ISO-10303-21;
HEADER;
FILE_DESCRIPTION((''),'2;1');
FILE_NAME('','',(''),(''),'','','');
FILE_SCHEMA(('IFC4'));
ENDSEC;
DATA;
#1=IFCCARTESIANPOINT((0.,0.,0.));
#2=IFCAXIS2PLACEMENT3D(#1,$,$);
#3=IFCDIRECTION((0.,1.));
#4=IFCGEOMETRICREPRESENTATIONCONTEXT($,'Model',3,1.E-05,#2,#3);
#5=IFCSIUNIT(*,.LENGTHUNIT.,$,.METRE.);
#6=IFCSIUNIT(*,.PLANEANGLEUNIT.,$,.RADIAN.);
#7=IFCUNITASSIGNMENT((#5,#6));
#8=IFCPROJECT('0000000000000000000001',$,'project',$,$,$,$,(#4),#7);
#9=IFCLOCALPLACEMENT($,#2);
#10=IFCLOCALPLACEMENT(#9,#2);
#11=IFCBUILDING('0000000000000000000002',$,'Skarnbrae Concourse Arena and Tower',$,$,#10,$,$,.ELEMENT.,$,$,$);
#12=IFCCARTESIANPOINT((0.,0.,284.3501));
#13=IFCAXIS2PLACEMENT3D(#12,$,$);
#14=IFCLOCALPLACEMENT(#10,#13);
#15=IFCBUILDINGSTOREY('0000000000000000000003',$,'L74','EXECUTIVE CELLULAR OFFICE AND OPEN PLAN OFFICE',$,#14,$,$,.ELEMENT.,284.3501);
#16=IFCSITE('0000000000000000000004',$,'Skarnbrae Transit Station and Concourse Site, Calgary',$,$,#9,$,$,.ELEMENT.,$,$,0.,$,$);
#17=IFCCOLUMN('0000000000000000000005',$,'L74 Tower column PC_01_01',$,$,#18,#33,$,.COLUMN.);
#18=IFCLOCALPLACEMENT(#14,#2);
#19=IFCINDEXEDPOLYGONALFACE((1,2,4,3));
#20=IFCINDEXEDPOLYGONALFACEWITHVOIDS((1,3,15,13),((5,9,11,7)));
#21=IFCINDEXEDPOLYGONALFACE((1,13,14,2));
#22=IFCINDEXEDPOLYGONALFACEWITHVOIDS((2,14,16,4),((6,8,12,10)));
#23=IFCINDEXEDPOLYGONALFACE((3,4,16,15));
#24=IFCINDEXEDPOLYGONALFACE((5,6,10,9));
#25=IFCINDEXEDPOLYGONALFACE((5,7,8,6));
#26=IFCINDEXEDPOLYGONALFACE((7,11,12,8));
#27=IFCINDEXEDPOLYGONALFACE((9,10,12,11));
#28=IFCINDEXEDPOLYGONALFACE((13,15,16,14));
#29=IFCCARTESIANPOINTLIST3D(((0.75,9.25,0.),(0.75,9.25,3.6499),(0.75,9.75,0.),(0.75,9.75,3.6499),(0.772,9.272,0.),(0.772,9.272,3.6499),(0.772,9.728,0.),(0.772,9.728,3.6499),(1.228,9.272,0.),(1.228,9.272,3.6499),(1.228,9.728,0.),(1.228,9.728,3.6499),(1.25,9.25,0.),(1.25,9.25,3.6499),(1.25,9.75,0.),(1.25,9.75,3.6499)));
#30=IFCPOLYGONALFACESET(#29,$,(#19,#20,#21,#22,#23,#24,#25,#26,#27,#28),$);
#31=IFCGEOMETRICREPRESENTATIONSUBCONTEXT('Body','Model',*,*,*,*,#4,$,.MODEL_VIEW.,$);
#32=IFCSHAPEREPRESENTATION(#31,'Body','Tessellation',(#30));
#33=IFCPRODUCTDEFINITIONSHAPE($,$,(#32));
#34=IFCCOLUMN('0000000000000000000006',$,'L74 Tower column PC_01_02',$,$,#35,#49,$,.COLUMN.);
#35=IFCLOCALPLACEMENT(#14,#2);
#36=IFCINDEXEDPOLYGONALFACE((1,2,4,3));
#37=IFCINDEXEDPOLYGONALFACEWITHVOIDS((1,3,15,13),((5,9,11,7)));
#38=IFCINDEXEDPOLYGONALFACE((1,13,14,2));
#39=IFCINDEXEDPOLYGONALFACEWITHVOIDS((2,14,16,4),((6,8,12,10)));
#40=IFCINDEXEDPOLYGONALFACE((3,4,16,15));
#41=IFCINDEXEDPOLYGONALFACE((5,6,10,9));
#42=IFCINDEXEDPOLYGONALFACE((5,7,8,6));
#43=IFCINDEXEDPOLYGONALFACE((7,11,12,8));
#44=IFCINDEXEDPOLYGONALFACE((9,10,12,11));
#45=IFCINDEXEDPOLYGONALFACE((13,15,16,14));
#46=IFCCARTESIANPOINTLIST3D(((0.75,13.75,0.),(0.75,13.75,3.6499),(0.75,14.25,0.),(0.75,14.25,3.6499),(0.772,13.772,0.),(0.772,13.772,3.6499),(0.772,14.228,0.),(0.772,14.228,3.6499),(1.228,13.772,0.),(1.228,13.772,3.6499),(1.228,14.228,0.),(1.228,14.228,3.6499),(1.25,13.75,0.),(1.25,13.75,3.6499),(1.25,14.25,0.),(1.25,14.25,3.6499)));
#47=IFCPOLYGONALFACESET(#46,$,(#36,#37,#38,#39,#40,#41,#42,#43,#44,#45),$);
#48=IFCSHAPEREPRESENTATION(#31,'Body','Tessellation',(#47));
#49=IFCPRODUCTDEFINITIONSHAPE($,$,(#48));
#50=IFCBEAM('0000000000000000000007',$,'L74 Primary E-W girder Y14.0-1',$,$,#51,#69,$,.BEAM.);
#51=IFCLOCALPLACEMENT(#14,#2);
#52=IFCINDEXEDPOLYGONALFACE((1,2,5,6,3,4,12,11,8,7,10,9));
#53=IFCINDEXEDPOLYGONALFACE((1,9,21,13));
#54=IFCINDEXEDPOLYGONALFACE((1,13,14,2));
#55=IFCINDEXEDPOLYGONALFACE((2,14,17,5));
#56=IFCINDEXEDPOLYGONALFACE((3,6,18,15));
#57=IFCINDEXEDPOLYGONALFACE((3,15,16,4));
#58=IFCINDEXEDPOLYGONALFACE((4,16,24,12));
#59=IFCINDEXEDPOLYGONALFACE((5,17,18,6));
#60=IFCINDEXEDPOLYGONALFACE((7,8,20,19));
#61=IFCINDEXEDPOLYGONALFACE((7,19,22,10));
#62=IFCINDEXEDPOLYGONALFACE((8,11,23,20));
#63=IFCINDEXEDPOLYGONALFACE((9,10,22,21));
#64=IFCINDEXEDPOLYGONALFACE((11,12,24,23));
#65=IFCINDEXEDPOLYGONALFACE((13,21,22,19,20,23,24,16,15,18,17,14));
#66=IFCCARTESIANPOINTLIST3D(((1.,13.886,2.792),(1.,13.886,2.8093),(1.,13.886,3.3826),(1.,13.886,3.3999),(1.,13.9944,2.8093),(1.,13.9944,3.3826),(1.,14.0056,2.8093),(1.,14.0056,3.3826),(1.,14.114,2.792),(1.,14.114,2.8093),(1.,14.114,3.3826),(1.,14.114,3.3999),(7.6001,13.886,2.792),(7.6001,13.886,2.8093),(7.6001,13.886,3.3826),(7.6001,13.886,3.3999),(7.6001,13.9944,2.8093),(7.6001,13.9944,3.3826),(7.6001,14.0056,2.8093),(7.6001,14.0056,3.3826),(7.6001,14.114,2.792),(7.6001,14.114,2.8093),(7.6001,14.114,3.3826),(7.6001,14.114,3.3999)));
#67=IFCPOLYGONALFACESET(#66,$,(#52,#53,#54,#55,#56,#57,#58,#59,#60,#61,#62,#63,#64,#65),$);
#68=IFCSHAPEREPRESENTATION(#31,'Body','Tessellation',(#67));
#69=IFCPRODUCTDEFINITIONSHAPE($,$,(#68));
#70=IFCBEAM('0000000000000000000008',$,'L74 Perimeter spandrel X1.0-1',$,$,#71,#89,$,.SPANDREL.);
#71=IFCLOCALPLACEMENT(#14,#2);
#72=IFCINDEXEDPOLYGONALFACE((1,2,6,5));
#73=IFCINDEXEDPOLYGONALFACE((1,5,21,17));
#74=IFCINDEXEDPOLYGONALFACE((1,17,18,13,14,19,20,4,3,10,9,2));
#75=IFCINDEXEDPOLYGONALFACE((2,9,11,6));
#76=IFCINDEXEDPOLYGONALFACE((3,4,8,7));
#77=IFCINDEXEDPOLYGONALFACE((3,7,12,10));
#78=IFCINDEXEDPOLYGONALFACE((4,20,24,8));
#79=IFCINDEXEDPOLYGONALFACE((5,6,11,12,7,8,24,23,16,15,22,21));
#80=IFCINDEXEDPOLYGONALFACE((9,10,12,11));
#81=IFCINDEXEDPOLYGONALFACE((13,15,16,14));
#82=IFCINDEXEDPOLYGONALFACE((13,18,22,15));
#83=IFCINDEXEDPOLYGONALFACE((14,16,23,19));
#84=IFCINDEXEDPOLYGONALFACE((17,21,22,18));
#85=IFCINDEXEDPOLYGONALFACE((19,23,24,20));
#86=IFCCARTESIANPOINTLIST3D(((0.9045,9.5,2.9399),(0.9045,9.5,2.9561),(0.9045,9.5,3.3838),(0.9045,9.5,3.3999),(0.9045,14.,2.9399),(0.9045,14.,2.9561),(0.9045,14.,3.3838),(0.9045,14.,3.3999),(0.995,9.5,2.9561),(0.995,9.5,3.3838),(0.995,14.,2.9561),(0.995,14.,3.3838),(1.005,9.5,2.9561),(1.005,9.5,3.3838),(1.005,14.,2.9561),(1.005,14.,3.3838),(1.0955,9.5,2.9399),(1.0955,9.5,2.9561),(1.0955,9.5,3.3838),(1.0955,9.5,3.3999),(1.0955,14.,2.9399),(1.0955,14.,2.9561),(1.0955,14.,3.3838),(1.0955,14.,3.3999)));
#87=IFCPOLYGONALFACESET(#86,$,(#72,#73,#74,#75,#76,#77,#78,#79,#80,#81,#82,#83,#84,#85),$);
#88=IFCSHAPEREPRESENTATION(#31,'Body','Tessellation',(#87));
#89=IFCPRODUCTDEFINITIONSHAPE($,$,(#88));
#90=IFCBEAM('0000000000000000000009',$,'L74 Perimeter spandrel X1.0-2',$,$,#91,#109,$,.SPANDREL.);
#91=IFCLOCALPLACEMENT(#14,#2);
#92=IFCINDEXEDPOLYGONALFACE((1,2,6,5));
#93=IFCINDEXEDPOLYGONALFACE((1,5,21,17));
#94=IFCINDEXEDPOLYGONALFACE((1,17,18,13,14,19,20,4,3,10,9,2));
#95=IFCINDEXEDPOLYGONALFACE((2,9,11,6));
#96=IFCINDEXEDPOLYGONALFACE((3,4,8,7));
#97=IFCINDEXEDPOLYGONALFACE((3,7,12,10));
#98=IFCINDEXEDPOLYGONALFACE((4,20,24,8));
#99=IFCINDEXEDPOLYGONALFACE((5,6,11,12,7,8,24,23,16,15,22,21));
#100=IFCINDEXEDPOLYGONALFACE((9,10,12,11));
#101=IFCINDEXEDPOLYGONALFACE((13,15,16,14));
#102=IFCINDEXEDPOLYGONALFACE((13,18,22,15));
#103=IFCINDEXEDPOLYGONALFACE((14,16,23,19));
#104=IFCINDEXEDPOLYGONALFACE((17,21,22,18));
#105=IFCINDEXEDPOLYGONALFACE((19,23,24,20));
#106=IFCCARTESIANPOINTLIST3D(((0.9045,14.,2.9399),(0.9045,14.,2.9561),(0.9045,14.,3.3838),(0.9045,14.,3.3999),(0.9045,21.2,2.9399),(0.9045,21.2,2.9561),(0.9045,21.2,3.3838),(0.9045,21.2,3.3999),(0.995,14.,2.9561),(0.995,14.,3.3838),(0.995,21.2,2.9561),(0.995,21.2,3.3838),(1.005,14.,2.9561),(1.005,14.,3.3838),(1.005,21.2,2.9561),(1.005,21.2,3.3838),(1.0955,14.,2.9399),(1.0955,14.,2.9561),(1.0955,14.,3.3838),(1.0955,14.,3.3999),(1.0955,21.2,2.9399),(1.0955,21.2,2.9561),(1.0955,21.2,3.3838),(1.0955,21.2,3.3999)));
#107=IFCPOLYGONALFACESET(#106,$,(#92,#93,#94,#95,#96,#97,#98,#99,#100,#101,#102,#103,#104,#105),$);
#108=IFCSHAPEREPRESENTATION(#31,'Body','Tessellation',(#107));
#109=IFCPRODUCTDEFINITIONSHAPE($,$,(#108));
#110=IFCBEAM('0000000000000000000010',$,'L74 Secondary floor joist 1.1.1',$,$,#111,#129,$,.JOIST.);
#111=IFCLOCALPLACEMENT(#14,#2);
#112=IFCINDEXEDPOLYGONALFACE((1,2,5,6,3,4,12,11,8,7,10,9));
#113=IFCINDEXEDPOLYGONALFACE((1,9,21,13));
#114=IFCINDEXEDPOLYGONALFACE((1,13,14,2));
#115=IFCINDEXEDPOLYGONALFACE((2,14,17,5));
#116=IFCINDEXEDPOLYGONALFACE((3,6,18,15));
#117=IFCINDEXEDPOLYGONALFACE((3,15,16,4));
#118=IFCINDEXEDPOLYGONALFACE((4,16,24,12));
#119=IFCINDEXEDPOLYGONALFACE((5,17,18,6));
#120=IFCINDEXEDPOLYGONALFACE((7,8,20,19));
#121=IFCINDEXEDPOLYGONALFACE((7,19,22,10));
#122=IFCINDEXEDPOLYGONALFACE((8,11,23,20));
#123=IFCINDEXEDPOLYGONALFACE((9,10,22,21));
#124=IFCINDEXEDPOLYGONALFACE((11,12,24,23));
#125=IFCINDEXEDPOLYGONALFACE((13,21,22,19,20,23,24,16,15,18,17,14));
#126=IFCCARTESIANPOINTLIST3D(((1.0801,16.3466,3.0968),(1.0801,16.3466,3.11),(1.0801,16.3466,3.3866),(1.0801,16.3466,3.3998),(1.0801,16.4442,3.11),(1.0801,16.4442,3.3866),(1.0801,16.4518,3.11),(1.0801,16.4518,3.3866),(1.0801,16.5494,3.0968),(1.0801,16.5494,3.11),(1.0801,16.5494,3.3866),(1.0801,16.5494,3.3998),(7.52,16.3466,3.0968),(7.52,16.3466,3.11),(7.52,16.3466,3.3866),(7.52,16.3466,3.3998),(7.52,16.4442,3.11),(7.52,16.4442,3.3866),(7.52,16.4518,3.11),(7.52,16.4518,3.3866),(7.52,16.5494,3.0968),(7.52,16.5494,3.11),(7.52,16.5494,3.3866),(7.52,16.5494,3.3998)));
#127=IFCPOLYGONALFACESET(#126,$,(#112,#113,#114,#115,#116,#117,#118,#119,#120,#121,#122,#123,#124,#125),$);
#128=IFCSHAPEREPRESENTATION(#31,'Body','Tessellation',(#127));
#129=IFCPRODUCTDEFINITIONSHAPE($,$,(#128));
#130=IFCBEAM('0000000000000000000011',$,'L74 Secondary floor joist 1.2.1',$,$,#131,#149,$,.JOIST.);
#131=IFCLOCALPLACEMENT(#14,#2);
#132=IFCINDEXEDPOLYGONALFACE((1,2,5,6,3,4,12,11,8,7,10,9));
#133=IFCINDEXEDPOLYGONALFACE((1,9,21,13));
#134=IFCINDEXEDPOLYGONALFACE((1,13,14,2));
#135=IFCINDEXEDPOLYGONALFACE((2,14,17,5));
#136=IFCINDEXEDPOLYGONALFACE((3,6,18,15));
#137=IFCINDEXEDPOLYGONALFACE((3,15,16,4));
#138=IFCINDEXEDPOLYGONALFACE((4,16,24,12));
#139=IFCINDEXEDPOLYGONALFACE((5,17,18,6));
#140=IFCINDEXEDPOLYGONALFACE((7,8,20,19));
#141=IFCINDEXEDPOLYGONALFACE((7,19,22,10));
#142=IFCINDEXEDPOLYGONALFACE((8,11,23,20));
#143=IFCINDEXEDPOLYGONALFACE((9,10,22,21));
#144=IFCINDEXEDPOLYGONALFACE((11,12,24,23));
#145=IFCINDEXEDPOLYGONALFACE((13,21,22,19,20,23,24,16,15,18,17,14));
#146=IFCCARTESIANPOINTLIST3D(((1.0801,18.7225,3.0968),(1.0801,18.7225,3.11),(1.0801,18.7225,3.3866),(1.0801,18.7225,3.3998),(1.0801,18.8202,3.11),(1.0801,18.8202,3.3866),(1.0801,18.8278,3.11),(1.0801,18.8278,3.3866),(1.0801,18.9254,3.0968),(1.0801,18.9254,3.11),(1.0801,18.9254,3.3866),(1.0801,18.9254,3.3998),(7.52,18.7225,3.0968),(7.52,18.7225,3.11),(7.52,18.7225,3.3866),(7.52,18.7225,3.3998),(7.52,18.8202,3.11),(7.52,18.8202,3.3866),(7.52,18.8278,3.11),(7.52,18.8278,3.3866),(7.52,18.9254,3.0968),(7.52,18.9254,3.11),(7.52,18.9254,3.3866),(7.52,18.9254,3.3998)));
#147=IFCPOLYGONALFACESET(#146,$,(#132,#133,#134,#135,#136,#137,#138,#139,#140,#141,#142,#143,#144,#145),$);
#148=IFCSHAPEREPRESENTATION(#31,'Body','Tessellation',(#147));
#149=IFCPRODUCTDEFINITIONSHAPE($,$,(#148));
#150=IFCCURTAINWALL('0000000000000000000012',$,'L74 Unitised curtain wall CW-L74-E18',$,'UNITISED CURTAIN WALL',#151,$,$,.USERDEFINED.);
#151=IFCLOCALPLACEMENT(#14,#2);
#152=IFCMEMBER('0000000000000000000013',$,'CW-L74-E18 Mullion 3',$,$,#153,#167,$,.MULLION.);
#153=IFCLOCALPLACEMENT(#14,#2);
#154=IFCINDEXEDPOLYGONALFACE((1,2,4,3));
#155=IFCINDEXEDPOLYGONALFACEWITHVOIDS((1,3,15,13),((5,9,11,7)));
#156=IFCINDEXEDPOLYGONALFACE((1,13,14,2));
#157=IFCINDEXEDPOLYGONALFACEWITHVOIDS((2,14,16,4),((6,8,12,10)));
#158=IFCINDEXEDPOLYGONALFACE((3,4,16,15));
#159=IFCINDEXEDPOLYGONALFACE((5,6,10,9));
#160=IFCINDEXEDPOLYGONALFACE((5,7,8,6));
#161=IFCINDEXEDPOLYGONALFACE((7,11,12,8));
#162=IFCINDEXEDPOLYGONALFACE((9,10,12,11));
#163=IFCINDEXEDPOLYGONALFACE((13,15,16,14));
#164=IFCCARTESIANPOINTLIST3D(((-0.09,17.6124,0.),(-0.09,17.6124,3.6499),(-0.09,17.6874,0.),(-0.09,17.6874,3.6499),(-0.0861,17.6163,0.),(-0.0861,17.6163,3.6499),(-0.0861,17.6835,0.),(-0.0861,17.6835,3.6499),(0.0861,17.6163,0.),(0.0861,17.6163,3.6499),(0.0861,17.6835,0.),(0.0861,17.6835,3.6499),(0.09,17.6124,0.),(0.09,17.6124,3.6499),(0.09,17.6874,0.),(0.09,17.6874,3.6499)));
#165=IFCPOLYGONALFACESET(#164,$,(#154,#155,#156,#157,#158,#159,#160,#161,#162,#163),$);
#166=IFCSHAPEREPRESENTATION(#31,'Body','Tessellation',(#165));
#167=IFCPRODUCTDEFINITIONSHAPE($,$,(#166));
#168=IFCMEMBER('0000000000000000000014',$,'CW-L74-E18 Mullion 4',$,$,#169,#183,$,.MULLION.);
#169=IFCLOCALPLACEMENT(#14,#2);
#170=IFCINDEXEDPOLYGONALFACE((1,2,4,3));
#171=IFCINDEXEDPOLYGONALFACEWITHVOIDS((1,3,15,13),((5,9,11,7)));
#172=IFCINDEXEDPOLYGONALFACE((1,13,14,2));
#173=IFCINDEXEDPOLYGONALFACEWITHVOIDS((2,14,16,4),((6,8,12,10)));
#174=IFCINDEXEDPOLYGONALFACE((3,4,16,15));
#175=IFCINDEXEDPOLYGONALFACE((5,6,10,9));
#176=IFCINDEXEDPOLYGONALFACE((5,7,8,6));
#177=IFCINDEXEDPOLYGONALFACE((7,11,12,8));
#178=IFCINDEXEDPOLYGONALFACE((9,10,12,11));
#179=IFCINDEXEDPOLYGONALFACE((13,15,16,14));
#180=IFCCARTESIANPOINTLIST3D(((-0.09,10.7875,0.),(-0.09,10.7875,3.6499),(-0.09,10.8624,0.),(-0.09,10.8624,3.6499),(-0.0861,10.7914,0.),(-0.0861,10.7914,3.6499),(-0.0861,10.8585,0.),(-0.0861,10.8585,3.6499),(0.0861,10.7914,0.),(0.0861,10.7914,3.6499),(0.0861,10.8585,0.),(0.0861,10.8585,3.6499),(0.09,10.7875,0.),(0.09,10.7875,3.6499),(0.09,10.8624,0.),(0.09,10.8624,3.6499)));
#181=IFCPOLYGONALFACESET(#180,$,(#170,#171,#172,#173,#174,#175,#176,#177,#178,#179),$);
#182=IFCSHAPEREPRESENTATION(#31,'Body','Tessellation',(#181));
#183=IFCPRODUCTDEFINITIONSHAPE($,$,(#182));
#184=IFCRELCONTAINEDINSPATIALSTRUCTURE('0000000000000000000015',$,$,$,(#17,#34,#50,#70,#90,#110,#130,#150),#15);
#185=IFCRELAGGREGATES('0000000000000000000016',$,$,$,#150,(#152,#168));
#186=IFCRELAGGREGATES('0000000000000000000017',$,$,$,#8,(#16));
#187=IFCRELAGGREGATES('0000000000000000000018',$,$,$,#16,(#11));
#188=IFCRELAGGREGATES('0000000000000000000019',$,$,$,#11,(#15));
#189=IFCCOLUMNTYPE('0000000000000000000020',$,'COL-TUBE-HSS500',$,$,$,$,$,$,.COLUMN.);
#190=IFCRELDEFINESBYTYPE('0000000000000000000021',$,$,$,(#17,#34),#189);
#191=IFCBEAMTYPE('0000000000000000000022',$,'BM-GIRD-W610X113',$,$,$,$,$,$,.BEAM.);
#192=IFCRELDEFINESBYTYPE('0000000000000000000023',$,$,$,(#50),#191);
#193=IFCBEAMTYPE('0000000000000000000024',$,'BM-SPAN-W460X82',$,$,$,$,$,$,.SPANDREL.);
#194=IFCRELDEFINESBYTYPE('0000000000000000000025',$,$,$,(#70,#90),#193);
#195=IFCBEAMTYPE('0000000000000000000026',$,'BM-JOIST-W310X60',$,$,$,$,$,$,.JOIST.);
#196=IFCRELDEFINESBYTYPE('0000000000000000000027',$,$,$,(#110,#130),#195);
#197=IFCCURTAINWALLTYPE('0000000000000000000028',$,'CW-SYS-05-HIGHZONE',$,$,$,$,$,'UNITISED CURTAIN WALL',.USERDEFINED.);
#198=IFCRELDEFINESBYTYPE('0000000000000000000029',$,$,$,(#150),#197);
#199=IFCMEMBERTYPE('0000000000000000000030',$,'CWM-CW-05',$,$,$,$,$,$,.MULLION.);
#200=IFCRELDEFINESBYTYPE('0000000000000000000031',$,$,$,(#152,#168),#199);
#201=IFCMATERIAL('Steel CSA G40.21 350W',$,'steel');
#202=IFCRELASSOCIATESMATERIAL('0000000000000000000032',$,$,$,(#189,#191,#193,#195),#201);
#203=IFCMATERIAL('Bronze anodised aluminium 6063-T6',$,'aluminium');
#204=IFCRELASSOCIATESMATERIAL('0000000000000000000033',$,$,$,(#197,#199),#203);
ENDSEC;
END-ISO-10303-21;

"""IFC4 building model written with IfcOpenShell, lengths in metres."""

from ifc_helpers import new_model, si_unit, direction, frame, origin, origin_2d, place, context, subcontext, project, spatial, hollow_rectangle, i_section, extrude, source, transform, mapped, material, material_profile, profile_set, type_object, element, aggregate, save


model = new_model("IFC4")

# Units and contexts
model_context = context("Model", 3, precision=1e-05, world=origin(), true_north=direction((0.0, 1.0)))
body_context = subcontext(model_context, "Body", "Model", "MODEL_VIEW")
ifc_project = project(units=[si_unit("LENGTHUNIT", "METRE"), si_unit("PLANEANGLEUNIT", "RADIAN")], contexts=[model_context])

# Site, building, storey
site_placement = place(None, origin())
site = spatial("IfcSite", under=ifc_project, at=site_placement, Name="Skarnbrae Transit Station and Concourse Site, Calgary", CompositionType="ELEMENT", RefElevation=0.0)
building_placement = place(site_placement, origin())
building = spatial("IfcBuilding", under=site, at=building_placement, Name="Skarnbrae Concourse Arena and Tower", CompositionType="ELEMENT")
storey_placement = place(building_placement, frame((0.0, 0.0, 284.3501)))
storey = spatial("IfcBuildingStorey", under=building, at=storey_placement, Name="L74", Description="EXECUTIVE CELLULAR OFFICE AND OPEN PLAN OFFICE", CompositionType="ELEMENT", Elevation=284.3501)

# Columns
ifc_material_1 = material(Name="Steel CSA G40.21 350W", Category="steel")
ifc_material_profile_1 = material_profile(ifc_material_1, hollow_rectangle(XDim=0.5, YDim=0.5, WallThickness=0.022, at=origin_2d()), Name="HSS500X500X22.0")
ifc_profile_set_1 = profile_set([ifc_material_profile_1], Name="Steel CSA G40.21 350W")
column_type = type_object("IfcColumnType", Name="COL-TUBE-HSS500", PredefinedType="COLUMN", material=ifc_profile_set_1)
shared_shape_1 = source(origin(), body_context, "Body", "SweptSolid", [
    extrude(hollow_rectangle(XDim=0.5, YDim=0.5, WallThickness=0.022, at=origin_2d()), origin(), (0.0, 0.0, 1.0), 3.6499),
])
for number, where, z_axis, x_axis, name in (
    (1, (1.0, 9.5, 0.0), (0.0, 0.0, 1.0), (1.0, 0.0, 0.0), "L74 Tower column PC_01_01"),
    (2, (1.0, 14.0, 0.0), (0.0, 0.0, 1.0), (1.0, 0.0, 0.0), "L74 Tower column PC_01_02"),
):
    element("IfcColumn", number, at=place(storey_placement, frame(where, z_axis=z_axis, x_axis=x_axis)), inside=storey, type_object=column_type, Name=name, PredefinedType="COLUMN", context=body_context, shape_type="MappedRepresentation", body=[
        mapped(shared_shape_1, transform((0.0, 0.0, 0.0))),
    ])

# Beams
ifc_material_profile_2 = material_profile(ifc_material_1, i_section(OverallWidth=0.228, OverallDepth=0.6079, WebThickness=0.0112, FlangeThickness=0.0173, at=origin_2d()), Name="W610X113")
ifc_profile_set_2 = profile_set([ifc_material_profile_2], Name="Steel CSA G40.21 350W")
beam_type_1 = type_object("IfcBeamType", Name="BM-GIRD-W610X113", PredefinedType="BEAM", material=ifc_profile_set_2)
shared_shape_2 = source(origin(), body_context, "Body", "SweptSolid", [
    extrude(i_section(OverallWidth=0.228, OverallDepth=0.6079, WebThickness=0.0112, FlangeThickness=0.0173, at=origin_2d()), origin(), (0.0, 0.0, 1.0), 6.6001),
])
beam_1_placement = place(storey_placement, frame((1.0, 14.0, 3.0959), z_axis=(1.0, 0.0, 0.0), x_axis=(0.0, 1.0, 0.0)))
element("IfcBeam", 3, at=beam_1_placement, inside=storey, type_object=beam_type_1, Name="L74 Primary E-W girder Y14.0-1", PredefinedType="BEAM", context=body_context, shape_type="MappedRepresentation", body=[
    mapped(shared_shape_2, transform((0.0, 0.0, 0.0))),
])
ifc_material_profile_3 = material_profile(ifc_material_1, i_section(OverallWidth=0.1909, OverallDepth=0.46, WebThickness=0.01, FlangeThickness=0.0161, at=origin_2d()), Name="W460X82")
ifc_profile_set_3 = profile_set([ifc_material_profile_3], Name="Steel CSA G40.21 350W")
beam_type_2 = type_object("IfcBeamType", Name="BM-SPAN-W460X82", PredefinedType="SPANDREL", material=ifc_profile_set_3)
shared_shape_3 = source(origin(), body_context, "Body", "SweptSolid", [
    extrude(i_section(OverallWidth=0.1909, OverallDepth=0.46, WebThickness=0.01, FlangeThickness=0.0161, at=origin_2d()), origin(), (0.0, 0.0, 1.0), 4.5),
])
beam_2_placement = place(storey_placement, frame((1.0, 9.5, 3.1699), z_axis=(0.0, 1.0, 0.0), x_axis=(-1.0, 0.0, 0.0)))
element("IfcBeam", 4, at=beam_2_placement, inside=storey, type_object=beam_type_2, Name="L74 Perimeter spandrel X1.0-1", PredefinedType="SPANDREL", context=body_context, shape_type="MappedRepresentation", body=[
    mapped(shared_shape_3, transform((0.0, 0.0, 0.0))),
])
shared_shape_4 = source(origin(), body_context, "Body", "SweptSolid", [
    extrude(i_section(OverallWidth=0.1909, OverallDepth=0.46, WebThickness=0.01, FlangeThickness=0.0161, at=origin_2d()), origin(), (0.0, 0.0, 1.0), 7.2),
])
beam_3_placement = place(storey_placement, frame((1.0, 14.0, 3.1699), z_axis=(0.0, 1.0, 0.0), x_axis=(-1.0, 0.0, 0.0)))
element("IfcBeam", 5, at=beam_3_placement, inside=storey, type_object=beam_type_2, Name="L74 Perimeter spandrel X1.0-2", PredefinedType="SPANDREL", context=body_context, shape_type="MappedRepresentation", body=[
    mapped(shared_shape_4, transform((0.0, 0.0, 0.0))),
])
ifc_material_profile_4 = material_profile(ifc_material_1, i_section(OverallWidth=0.2029, OverallDepth=0.303, WebThickness=0.0076, FlangeThickness=0.0132, at=origin_2d()), Name="W310X60")
ifc_profile_set_4 = profile_set([ifc_material_profile_4], Name="Steel CSA G40.21 350W")
beam_type_3 = type_object("IfcBeamType", Name="BM-JOIST-W310X60", PredefinedType="JOIST", material=ifc_profile_set_4)
shared_shape_5 = source(origin(), body_context, "Body", "SweptSolid", [
    extrude(i_section(OverallWidth=0.2029, OverallDepth=0.303, WebThickness=0.0076, FlangeThickness=0.0132, at=origin_2d()), origin(), (0.0, 0.0, 1.0), 6.4399),
])
for number, where, z_axis, x_axis, name in (
    (6, (1.0801, 16.448, 3.2483), (1.0, 0.0, 0.0), (0.0, 1.0, 0.0), "L74 Secondary floor joist 1.1.1"),
    (7, (1.0801, 18.824, 3.2483), (1.0, 0.0, 0.0), (0.0, 1.0, 0.0), "L74 Secondary floor joist 1.2.1"),
):
    element("IfcBeam", number, at=place(storey_placement, frame(where, z_axis=z_axis, x_axis=x_axis)), inside=storey, type_object=beam_type_3, Name=name, PredefinedType="JOIST", context=body_context, shape_type="MappedRepresentation", body=[
        mapped(shared_shape_5, transform((0.0, 0.0, 0.0))),
    ])

# Curtain wall, members
ifc_material_2 = material(Name="Bronze anodised aluminium 6063-T6", Category="aluminium")
curtain_wall_type = type_object("IfcCurtainWallType", Name="CW-SYS-05-HIGHZONE", ElementType="UNITISED CURTAIN WALL", PredefinedType="USERDEFINED", material=ifc_material_2)
curtain_wall_placement = place(storey_placement, origin())
curtain_wall = element("IfcCurtainWall", 8, at=curtain_wall_placement, inside=storey, type_object=curtain_wall_type, Name="L74 Unitised curtain wall CW-L74-E18", ObjectType="UNITISED CURTAIN WALL", PredefinedType="USERDEFINED")
ifc_material_profile_5 = material_profile(ifc_material_2, hollow_rectangle(XDim=0.075, YDim=0.1799, WallThickness=0.0039, at=origin_2d()), Name="ALU-MULL-75X180")
ifc_profile_set_5 = profile_set([ifc_material_profile_5], Name="Bronze anodised aluminium 6063-T6")
member_type_1 = type_object("IfcMemberType", Name="CWM-CW-05", PredefinedType="MULLION", material=ifc_profile_set_5)
shared_shape_6 = source(origin(), body_context, "Body", "SweptSolid", [
    extrude(hollow_rectangle(XDim=0.075, YDim=0.1799, WallThickness=0.0039, at=origin_2d()), origin(), (0.0, 0.0, 1.0), 3.6499),
])
member_1_placement = place(storey_placement, frame((0.0, 17.6499, 0.0), z_axis=(0.0, 0.0, 1.0), x_axis=(0.0, -1.0, 0.0)))
member_1 = element("IfcMember", 9, at=member_1_placement, type_object=member_type_1, Name="CW-L74-E18 Mullion 3", PredefinedType="MULLION", context=body_context, shape_type="MappedRepresentation", body=[
    mapped(shared_shape_6, transform((0.0, 0.0, 0.0))),
])
member_2_placement = place(storey_placement, frame((0.0, 10.825, 0.0), z_axis=(0.0, 0.0, 1.0), x_axis=(0.0, -1.0, 0.0)))
member_2 = element("IfcMember", 10, at=member_2_placement, type_object=member_type_1, Name="CW-L74-E18 Mullion 4", PredefinedType="MULLION", context=body_context, shape_type="MappedRepresentation", body=[
    mapped(shared_shape_6, transform((0.0, 0.0, 0.0))),
])
aggregate(curtain_wall, [member_1, member_2])

save(model, "model.ifc")
